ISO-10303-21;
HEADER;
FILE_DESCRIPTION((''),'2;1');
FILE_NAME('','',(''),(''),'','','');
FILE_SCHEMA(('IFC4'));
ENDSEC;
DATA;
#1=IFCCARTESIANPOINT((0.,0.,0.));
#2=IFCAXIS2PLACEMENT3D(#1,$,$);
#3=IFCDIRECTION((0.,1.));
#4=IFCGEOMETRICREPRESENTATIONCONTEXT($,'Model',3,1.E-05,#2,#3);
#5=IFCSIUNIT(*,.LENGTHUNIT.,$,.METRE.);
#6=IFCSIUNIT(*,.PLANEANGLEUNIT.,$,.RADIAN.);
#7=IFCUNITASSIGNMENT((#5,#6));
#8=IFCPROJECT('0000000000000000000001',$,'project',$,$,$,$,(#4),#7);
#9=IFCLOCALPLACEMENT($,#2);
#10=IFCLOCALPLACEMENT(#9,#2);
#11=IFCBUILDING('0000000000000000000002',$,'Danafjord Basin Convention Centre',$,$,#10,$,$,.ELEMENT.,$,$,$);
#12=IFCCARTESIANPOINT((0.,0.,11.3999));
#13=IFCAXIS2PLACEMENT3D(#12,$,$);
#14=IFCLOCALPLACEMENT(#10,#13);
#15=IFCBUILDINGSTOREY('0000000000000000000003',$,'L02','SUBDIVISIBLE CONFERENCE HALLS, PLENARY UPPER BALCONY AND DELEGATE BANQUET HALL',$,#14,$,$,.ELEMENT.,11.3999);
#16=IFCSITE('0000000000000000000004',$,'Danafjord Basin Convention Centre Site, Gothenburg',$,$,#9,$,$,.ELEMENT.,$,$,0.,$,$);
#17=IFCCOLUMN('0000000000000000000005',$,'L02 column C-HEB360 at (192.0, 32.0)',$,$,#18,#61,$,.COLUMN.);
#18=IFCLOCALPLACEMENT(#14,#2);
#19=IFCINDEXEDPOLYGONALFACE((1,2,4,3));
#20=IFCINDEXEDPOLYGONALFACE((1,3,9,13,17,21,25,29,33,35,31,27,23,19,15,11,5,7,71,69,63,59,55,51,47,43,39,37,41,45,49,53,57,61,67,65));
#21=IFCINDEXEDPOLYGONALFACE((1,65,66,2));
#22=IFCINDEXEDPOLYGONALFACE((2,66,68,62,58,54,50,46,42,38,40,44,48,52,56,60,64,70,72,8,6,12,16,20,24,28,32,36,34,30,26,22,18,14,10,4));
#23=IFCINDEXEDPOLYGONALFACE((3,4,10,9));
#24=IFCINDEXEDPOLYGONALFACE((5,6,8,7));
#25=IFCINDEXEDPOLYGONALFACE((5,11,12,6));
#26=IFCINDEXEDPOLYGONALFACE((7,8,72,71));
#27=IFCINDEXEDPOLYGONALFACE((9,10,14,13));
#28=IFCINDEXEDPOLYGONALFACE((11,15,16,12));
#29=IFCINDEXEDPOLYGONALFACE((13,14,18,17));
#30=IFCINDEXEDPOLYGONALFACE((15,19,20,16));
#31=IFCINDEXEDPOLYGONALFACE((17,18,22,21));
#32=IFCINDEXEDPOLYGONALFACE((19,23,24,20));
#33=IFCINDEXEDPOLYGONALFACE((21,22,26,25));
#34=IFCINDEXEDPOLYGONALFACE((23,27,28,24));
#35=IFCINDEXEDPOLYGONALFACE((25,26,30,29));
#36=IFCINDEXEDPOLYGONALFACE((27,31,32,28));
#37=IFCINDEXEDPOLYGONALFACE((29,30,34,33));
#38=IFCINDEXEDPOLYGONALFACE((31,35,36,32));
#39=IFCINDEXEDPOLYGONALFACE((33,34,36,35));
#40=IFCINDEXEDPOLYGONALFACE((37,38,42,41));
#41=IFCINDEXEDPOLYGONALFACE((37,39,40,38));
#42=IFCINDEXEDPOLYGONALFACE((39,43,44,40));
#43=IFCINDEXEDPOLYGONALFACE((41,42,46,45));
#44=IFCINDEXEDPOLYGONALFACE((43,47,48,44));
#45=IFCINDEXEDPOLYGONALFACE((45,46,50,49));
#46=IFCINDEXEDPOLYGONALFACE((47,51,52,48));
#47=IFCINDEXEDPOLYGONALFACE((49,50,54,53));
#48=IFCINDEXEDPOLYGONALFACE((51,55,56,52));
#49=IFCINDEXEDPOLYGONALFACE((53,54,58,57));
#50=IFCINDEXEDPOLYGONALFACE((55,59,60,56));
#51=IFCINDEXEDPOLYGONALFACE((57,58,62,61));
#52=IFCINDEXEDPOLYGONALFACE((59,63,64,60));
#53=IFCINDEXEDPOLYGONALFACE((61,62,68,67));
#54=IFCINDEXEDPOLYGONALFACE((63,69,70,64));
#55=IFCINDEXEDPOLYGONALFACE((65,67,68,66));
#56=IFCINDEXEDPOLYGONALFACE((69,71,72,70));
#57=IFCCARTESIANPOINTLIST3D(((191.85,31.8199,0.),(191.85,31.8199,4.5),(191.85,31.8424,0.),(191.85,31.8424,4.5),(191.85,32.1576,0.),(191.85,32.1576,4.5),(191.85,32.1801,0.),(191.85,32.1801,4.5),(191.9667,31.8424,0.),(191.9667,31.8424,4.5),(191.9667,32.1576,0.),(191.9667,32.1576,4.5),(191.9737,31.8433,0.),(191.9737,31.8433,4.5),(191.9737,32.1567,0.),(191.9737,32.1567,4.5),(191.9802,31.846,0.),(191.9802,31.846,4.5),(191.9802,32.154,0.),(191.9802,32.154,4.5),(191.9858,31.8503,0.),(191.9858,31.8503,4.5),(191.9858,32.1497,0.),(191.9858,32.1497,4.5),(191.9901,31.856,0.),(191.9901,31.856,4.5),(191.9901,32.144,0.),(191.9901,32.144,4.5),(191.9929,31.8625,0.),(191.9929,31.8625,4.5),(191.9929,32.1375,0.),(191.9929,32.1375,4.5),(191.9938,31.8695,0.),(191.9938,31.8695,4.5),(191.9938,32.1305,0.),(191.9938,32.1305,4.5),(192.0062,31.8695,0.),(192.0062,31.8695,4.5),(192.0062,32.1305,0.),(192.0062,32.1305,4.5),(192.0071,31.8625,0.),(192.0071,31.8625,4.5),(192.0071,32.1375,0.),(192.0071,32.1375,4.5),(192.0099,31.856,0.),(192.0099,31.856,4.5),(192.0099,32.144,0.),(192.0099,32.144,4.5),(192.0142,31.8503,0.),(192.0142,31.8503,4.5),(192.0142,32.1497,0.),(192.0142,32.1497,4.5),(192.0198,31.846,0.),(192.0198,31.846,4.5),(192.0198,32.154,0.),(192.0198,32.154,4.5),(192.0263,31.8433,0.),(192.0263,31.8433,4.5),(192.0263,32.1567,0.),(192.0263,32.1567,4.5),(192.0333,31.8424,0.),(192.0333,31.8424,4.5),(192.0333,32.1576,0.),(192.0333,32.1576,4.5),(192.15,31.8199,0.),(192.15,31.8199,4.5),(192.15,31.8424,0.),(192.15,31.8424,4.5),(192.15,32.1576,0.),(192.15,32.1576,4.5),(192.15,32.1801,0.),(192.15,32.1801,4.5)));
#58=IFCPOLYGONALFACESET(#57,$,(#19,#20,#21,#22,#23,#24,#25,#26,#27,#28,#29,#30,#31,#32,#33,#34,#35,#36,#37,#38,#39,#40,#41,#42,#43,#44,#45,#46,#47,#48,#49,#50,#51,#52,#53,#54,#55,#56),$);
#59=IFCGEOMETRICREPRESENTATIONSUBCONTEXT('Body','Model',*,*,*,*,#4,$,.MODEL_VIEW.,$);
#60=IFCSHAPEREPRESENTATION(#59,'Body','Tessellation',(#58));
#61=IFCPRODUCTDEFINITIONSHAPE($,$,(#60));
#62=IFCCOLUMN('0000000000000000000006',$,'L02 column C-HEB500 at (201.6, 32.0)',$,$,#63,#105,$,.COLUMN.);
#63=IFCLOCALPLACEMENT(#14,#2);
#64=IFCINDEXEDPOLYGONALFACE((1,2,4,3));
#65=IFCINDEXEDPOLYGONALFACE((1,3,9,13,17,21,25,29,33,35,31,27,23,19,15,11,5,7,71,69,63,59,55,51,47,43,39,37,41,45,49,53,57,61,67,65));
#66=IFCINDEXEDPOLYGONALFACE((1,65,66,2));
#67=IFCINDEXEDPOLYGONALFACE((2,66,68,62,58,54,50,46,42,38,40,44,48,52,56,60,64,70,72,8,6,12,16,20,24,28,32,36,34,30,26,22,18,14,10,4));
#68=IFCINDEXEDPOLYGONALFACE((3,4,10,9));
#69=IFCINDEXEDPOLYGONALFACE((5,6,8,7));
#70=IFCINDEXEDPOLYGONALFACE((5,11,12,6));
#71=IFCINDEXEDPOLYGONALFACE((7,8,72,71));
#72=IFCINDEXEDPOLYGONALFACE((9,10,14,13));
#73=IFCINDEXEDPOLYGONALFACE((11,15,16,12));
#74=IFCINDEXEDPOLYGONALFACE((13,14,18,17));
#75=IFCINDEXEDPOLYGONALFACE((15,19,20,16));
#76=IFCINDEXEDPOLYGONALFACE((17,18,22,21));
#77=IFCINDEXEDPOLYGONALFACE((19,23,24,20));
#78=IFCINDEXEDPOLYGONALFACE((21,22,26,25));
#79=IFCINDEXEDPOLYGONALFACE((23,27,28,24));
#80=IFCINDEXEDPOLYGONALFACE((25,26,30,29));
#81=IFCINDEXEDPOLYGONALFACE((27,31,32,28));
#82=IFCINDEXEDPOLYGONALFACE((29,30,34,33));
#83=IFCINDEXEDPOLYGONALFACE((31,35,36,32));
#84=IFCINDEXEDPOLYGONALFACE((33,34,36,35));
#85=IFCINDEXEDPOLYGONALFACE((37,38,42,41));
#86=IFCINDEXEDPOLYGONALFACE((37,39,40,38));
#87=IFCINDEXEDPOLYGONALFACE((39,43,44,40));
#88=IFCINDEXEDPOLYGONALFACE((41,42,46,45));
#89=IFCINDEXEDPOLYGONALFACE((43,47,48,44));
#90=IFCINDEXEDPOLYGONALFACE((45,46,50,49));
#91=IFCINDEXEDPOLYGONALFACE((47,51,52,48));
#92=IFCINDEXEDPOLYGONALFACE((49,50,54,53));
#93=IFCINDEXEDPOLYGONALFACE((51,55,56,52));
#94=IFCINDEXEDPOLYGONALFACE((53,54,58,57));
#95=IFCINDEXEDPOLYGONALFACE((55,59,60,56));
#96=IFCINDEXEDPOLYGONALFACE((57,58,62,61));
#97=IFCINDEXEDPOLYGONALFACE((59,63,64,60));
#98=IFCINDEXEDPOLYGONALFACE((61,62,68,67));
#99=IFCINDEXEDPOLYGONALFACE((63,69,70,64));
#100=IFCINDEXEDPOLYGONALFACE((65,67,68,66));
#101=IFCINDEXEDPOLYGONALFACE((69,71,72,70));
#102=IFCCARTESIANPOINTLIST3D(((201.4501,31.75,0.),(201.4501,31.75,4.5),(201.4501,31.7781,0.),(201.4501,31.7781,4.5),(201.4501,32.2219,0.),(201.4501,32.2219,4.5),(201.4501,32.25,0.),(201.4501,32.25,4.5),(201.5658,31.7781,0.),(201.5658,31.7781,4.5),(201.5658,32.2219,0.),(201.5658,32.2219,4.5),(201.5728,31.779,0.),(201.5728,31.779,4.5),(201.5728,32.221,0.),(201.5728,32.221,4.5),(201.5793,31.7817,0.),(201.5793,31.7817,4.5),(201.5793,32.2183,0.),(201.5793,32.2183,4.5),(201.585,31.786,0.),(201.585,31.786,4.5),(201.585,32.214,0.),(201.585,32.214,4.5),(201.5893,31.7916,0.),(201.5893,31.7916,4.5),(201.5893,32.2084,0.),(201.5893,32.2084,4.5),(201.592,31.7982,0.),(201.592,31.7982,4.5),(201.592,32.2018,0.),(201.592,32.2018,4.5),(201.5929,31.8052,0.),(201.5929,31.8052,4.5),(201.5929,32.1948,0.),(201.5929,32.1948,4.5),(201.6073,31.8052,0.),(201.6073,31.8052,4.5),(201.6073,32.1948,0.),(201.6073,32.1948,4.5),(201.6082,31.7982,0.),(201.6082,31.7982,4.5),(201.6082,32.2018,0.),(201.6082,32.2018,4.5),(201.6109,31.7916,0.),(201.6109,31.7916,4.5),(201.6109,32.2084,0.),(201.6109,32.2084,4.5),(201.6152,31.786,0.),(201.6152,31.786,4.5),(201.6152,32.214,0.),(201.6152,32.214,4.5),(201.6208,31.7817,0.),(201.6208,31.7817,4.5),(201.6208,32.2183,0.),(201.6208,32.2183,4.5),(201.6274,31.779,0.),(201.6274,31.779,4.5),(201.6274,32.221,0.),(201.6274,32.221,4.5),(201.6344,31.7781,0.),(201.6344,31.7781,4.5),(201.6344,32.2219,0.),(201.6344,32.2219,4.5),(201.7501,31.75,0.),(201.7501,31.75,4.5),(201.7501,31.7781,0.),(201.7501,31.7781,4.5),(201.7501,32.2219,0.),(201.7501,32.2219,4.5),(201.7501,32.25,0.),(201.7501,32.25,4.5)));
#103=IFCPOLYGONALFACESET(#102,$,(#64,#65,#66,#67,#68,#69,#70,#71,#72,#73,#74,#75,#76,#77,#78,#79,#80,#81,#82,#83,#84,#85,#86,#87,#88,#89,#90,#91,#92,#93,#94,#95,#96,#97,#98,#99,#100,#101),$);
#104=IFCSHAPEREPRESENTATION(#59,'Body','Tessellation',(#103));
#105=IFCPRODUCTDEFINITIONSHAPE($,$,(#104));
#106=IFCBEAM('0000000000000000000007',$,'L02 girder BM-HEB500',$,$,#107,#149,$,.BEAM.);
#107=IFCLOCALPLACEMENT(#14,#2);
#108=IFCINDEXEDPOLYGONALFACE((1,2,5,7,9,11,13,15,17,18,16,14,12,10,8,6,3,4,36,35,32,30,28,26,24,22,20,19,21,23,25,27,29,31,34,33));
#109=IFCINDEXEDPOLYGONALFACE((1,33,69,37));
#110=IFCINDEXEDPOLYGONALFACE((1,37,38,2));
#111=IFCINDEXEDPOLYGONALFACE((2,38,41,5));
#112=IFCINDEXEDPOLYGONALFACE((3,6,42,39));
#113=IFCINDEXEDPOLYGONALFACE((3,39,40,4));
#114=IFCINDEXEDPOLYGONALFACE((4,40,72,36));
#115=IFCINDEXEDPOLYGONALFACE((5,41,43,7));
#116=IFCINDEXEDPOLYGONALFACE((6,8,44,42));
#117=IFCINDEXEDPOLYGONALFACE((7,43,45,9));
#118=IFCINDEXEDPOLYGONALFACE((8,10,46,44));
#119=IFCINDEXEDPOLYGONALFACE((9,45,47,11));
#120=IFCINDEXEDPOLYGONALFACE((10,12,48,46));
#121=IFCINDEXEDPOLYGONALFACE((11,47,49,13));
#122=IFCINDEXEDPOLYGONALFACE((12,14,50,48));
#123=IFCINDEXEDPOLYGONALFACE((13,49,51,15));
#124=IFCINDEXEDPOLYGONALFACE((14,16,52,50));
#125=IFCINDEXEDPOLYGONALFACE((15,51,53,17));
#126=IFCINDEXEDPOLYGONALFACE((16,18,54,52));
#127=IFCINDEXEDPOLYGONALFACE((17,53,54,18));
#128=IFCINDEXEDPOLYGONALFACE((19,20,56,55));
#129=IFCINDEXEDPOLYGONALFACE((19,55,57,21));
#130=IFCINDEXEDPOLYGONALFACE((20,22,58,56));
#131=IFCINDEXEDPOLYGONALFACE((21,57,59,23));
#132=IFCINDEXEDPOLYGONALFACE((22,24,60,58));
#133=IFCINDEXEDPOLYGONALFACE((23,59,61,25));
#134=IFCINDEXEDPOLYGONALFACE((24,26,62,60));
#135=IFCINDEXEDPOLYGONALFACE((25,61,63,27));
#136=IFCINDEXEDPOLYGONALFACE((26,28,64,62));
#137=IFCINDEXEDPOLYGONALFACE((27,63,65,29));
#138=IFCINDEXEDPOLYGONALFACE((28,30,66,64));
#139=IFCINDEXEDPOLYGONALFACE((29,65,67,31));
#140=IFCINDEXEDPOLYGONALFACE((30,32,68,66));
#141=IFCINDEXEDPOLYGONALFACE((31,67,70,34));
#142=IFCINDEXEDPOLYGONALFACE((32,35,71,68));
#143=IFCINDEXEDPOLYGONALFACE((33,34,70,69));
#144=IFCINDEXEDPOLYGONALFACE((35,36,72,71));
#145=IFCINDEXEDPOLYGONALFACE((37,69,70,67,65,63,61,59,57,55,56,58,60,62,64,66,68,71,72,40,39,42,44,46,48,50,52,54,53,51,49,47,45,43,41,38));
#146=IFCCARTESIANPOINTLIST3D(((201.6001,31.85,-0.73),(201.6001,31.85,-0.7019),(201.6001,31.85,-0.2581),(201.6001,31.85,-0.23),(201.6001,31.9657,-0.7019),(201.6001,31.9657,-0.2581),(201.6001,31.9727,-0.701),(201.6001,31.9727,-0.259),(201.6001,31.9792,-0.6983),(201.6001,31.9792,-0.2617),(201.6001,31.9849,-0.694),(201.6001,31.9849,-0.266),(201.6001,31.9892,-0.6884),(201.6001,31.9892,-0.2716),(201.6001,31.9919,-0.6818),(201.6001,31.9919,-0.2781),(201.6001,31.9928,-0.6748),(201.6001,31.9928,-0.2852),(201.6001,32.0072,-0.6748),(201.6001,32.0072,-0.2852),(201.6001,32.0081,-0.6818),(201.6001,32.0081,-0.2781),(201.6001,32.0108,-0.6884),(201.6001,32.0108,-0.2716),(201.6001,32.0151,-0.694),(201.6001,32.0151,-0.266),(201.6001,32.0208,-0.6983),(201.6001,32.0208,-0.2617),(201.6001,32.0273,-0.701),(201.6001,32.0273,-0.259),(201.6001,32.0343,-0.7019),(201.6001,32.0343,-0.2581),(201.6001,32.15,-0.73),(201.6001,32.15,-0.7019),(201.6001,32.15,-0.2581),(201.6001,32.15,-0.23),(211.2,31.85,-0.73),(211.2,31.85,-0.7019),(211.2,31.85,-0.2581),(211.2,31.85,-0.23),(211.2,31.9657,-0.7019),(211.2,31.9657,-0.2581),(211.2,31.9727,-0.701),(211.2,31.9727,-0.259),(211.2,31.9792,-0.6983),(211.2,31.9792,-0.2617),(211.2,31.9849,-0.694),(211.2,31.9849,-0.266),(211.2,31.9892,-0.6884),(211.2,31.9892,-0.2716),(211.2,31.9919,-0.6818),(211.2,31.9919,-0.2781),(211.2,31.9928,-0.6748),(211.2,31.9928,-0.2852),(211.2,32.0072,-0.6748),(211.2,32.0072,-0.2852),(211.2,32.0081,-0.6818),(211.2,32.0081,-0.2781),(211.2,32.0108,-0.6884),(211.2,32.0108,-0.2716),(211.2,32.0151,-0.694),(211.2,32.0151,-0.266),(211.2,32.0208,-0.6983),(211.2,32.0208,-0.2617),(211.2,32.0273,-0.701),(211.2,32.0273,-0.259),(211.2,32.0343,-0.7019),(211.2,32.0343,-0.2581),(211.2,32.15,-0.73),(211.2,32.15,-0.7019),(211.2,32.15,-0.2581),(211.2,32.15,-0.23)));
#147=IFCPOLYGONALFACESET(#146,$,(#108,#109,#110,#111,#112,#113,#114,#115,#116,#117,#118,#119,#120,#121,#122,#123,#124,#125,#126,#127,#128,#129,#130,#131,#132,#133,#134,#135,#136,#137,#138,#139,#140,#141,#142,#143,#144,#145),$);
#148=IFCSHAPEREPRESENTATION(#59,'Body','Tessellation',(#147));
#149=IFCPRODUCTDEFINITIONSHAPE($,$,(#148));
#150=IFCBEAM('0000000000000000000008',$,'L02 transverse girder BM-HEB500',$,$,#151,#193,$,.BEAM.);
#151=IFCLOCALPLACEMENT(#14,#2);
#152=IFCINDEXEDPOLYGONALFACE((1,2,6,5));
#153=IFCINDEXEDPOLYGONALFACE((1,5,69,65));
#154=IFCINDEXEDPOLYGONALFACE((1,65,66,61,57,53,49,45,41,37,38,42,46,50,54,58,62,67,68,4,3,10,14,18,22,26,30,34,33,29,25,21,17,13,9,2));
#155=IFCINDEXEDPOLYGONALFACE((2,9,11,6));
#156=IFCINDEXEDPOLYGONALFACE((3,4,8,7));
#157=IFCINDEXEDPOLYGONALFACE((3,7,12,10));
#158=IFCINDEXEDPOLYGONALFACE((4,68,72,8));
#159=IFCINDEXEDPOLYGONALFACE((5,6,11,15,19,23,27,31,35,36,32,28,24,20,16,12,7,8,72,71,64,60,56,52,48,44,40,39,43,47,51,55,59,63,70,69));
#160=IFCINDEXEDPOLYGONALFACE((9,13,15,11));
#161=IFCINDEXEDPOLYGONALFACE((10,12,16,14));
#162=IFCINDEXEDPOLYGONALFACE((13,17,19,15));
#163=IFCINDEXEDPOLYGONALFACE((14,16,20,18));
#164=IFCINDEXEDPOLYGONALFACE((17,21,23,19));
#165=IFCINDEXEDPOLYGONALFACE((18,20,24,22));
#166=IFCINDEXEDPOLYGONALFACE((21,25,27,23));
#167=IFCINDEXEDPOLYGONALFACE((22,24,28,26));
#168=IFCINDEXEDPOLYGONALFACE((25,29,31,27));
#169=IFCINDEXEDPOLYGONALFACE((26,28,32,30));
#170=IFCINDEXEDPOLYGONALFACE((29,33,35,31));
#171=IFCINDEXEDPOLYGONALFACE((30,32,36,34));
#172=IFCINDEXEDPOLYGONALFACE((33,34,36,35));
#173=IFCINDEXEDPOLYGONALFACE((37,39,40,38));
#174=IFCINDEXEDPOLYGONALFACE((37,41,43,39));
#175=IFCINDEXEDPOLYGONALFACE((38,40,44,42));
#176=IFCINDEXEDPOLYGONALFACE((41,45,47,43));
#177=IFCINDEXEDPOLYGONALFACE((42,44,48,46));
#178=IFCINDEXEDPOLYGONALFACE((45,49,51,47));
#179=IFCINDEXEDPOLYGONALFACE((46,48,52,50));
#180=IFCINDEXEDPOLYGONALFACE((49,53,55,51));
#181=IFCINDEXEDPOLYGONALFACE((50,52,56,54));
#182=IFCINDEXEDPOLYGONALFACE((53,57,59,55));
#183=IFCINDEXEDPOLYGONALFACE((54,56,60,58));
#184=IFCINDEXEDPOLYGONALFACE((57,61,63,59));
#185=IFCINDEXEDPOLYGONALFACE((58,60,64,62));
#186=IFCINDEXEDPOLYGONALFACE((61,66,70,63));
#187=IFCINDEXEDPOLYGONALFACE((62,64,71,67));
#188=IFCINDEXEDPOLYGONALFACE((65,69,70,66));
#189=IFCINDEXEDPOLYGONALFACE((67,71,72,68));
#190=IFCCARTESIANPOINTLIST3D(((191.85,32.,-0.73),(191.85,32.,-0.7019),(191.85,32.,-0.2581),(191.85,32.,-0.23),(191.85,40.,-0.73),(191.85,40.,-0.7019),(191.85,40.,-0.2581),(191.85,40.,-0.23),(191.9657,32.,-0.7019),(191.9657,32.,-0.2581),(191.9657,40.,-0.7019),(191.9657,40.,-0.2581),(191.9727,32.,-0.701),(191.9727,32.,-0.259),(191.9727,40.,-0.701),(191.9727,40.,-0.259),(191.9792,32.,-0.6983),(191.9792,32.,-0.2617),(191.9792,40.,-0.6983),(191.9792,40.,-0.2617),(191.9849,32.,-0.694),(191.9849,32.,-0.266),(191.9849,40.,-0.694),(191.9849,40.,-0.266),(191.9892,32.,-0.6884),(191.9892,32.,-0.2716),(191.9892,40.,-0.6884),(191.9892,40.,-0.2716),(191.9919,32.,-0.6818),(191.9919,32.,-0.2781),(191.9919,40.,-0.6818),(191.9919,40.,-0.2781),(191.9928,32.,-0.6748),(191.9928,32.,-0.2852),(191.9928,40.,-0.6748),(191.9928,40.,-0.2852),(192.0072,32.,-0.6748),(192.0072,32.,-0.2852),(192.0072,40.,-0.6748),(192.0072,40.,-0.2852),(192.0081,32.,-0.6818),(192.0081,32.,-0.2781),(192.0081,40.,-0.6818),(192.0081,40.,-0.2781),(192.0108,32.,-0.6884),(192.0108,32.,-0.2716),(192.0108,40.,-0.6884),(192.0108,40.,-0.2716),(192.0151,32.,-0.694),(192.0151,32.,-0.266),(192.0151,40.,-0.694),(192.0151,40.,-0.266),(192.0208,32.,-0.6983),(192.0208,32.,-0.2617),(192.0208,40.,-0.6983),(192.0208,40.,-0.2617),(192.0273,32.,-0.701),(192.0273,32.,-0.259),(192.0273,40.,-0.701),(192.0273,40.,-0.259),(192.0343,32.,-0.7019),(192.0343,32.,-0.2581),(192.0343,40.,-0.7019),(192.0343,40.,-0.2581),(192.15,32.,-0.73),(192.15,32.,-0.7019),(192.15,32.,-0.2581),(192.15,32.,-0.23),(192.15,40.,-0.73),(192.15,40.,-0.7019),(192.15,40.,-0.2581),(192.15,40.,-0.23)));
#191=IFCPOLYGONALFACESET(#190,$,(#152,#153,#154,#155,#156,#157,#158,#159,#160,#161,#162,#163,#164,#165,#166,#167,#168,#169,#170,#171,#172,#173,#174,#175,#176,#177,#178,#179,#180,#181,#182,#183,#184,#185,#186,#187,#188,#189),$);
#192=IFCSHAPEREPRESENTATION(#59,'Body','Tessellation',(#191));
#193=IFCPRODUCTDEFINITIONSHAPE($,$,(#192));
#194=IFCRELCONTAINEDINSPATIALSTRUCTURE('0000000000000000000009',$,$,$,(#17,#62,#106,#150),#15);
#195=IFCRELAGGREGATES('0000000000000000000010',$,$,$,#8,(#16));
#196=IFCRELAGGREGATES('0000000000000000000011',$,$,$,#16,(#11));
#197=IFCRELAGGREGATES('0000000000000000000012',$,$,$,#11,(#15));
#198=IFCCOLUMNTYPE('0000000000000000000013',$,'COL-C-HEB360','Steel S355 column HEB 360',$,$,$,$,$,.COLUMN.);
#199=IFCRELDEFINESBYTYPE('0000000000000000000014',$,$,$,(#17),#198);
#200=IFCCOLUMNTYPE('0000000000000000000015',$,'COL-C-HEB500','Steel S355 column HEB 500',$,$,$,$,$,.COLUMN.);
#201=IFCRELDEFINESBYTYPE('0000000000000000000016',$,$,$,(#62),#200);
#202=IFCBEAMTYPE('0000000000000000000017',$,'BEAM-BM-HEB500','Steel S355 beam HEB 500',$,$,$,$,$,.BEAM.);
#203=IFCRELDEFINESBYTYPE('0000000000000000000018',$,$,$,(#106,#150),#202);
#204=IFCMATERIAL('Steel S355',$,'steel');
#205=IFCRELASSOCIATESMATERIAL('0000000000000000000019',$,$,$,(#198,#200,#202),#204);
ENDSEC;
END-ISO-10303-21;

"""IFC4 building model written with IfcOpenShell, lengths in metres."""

from ifc_helpers import new_model, si_unit, direction, frame, origin, origin_2d, place, context, subcontext, project, spatial, i_section, extrude, material, material_profile, profile_set, type_object, element, save


model = new_model("IFC4")

# Units and contexts
model_context = context("Model", 3, precision=1e-05, world=origin(), true_north=direction((0.0, 1.0)))
body_context = subcontext(model_context, "Body", "Model", "MODEL_VIEW")
ifc_project = project(units=[si_unit("LENGTHUNIT", "METRE"), si_unit("PLANEANGLEUNIT", "RADIAN")], contexts=[model_context])

# Site, building, storey
site_placement = place(None, origin())
site = spatial("IfcSite", under=ifc_project, at=site_placement, Name="Danafjord Basin Convention Centre Site, Gothenburg", CompositionType="ELEMENT", RefElevation=0.0)
building_placement = place(site_placement, origin())
building = spatial("IfcBuilding", under=site, at=building_placement, Name="Danafjord Basin Convention Centre", CompositionType="ELEMENT")
storey_placement = place(building_placement, frame((0.0, 0.0, 11.3999)))
storey = spatial("IfcBuildingStorey", under=building, at=storey_placement, Name="L02", Description="SUBDIVISIBLE CONFERENCE HALLS, PLENARY UPPER BALCONY AND DELEGATE BANQUET HALL", CompositionType="ELEMENT", Elevation=11.3999)

# Columns
ifc_material_1 = material(Name="Steel S355", Category="steel")
ifc_material_profile_1 = material_profile(ifc_material_1, i_section(OverallWidth=0.3, OverallDepth=0.3601, WebThickness=0.0125, FlangeThickness=0.0225, FilletRadius=0.0271, at=origin_2d()), Name="HEB 360")
ifc_profile_set_1 = profile_set([ifc_material_profile_1], Name="Steel S355")
column_type_1 = type_object("IfcColumnType", Name="COL-C-HEB360", Description="Steel S355 column HEB 360", PredefinedType="COLUMN", material=ifc_profile_set_1)
column_1_placement = place(storey_placement, frame((192.0, 32.0, 0.0), z_axis=(0.0, 0.0, 1.0), x_axis=(1.0, 0.0, 0.0)))
element("IfcColumn", 1, at=column_1_placement, inside=storey, type_object=column_type_1, Name="L02 column C-HEB360 at (192.0, 32.0)", PredefinedType="COLUMN", context=body_context, shape_type="SweptSolid", body=[
    extrude(i_section(OverallWidth=0.3, OverallDepth=0.3601, WebThickness=0.0125, FlangeThickness=0.0225, FilletRadius=0.0271, at=origin_2d()), origin(), (0.0, 0.0, 1.0), 4.5),
])
ifc_material_profile_2 = material_profile(ifc_material_1, i_section(OverallWidth=0.3, OverallDepth=0.5, WebThickness=0.0144, FlangeThickness=0.0281, FilletRadius=0.0271, at=origin_2d()), Name="HEB 500")
ifc_profile_set_2 = profile_set([ifc_material_profile_2], Name="Steel S355")
column_type_2 = type_object("IfcColumnType", Name="COL-C-HEB500", Description="Steel S355 column HEB 500", PredefinedType="COLUMN", material=ifc_profile_set_2)
column_2_placement = place(storey_placement, frame((201.6001, 32.0, 0.0), z_axis=(0.0, 0.0, 1.0), x_axis=(1.0, 0.0, 0.0)))
element("IfcColumn", 2, at=column_2_placement, inside=storey, type_object=column_type_2, Name="L02 column C-HEB500 at (201.6, 32.0)", PredefinedType="COLUMN", context=body_context, shape_type="SweptSolid", body=[
    extrude(i_section(OverallWidth=0.3, OverallDepth=0.5, WebThickness=0.0144, FlangeThickness=0.0281, FilletRadius=0.0271, at=origin_2d()), origin(), (0.0, 0.0, 1.0), 4.5),
])

# Beams
ifc_material_profile_3 = material_profile(ifc_material_1, i_section(OverallWidth=0.3, OverallDepth=0.5, WebThickness=0.0144, FlangeThickness=0.0281, FilletRadius=0.0271, at=origin_2d()), Name="HEB 500")
ifc_profile_set_3 = profile_set([ifc_material_profile_3], Name="Steel S355")
beam_type_1 = type_object("IfcBeamType", Name="BEAM-BM-HEB500", Description="Steel S355 beam HEB 500", PredefinedType="BEAM", material=ifc_profile_set_3)
beam_1_placement = place(storey_placement, frame((201.6001, 32.0, -0.48), z_axis=(1.0, 0.0, 0.0), x_axis=(0.0, 1.0, 0.0)))
element("IfcBeam", 3, at=beam_1_placement, inside=storey, type_object=beam_type_1, Name="L02 girder BM-HEB500", PredefinedType="BEAM", context=body_context, shape_type="SweptSolid", body=[
    extrude(i_section(OverallWidth=0.3, OverallDepth=0.5, WebThickness=0.0144, FlangeThickness=0.0281, FilletRadius=0.0271, at=origin_2d()), origin(), (0.0, 0.0, 1.0), 9.5999),
])
for number, where, z_axis, x_axis, name in (
    (4, (192.0, 32.0, -0.48), (0.0, 1.0, 0.0), (-1.0, 0.0, 0.0), "L02 transverse girder BM-HEB500"),
):
    element("IfcBeam", number, at=place(storey_placement, frame(where, z_axis=z_axis, x_axis=x_axis)), inside=storey, type_object=beam_type_1, Name=name, PredefinedType="BEAM", context=body_context, shape_type="SweptSolid", body=[
        extrude(i_section(OverallWidth=0.3, OverallDepth=0.5, WebThickness=0.0144, FlangeThickness=0.0281, FilletRadius=0.0271, at=origin_2d()), origin(), (0.0, 0.0, 1.0), 8.0),
    ])

save(model, "model.ifc")
